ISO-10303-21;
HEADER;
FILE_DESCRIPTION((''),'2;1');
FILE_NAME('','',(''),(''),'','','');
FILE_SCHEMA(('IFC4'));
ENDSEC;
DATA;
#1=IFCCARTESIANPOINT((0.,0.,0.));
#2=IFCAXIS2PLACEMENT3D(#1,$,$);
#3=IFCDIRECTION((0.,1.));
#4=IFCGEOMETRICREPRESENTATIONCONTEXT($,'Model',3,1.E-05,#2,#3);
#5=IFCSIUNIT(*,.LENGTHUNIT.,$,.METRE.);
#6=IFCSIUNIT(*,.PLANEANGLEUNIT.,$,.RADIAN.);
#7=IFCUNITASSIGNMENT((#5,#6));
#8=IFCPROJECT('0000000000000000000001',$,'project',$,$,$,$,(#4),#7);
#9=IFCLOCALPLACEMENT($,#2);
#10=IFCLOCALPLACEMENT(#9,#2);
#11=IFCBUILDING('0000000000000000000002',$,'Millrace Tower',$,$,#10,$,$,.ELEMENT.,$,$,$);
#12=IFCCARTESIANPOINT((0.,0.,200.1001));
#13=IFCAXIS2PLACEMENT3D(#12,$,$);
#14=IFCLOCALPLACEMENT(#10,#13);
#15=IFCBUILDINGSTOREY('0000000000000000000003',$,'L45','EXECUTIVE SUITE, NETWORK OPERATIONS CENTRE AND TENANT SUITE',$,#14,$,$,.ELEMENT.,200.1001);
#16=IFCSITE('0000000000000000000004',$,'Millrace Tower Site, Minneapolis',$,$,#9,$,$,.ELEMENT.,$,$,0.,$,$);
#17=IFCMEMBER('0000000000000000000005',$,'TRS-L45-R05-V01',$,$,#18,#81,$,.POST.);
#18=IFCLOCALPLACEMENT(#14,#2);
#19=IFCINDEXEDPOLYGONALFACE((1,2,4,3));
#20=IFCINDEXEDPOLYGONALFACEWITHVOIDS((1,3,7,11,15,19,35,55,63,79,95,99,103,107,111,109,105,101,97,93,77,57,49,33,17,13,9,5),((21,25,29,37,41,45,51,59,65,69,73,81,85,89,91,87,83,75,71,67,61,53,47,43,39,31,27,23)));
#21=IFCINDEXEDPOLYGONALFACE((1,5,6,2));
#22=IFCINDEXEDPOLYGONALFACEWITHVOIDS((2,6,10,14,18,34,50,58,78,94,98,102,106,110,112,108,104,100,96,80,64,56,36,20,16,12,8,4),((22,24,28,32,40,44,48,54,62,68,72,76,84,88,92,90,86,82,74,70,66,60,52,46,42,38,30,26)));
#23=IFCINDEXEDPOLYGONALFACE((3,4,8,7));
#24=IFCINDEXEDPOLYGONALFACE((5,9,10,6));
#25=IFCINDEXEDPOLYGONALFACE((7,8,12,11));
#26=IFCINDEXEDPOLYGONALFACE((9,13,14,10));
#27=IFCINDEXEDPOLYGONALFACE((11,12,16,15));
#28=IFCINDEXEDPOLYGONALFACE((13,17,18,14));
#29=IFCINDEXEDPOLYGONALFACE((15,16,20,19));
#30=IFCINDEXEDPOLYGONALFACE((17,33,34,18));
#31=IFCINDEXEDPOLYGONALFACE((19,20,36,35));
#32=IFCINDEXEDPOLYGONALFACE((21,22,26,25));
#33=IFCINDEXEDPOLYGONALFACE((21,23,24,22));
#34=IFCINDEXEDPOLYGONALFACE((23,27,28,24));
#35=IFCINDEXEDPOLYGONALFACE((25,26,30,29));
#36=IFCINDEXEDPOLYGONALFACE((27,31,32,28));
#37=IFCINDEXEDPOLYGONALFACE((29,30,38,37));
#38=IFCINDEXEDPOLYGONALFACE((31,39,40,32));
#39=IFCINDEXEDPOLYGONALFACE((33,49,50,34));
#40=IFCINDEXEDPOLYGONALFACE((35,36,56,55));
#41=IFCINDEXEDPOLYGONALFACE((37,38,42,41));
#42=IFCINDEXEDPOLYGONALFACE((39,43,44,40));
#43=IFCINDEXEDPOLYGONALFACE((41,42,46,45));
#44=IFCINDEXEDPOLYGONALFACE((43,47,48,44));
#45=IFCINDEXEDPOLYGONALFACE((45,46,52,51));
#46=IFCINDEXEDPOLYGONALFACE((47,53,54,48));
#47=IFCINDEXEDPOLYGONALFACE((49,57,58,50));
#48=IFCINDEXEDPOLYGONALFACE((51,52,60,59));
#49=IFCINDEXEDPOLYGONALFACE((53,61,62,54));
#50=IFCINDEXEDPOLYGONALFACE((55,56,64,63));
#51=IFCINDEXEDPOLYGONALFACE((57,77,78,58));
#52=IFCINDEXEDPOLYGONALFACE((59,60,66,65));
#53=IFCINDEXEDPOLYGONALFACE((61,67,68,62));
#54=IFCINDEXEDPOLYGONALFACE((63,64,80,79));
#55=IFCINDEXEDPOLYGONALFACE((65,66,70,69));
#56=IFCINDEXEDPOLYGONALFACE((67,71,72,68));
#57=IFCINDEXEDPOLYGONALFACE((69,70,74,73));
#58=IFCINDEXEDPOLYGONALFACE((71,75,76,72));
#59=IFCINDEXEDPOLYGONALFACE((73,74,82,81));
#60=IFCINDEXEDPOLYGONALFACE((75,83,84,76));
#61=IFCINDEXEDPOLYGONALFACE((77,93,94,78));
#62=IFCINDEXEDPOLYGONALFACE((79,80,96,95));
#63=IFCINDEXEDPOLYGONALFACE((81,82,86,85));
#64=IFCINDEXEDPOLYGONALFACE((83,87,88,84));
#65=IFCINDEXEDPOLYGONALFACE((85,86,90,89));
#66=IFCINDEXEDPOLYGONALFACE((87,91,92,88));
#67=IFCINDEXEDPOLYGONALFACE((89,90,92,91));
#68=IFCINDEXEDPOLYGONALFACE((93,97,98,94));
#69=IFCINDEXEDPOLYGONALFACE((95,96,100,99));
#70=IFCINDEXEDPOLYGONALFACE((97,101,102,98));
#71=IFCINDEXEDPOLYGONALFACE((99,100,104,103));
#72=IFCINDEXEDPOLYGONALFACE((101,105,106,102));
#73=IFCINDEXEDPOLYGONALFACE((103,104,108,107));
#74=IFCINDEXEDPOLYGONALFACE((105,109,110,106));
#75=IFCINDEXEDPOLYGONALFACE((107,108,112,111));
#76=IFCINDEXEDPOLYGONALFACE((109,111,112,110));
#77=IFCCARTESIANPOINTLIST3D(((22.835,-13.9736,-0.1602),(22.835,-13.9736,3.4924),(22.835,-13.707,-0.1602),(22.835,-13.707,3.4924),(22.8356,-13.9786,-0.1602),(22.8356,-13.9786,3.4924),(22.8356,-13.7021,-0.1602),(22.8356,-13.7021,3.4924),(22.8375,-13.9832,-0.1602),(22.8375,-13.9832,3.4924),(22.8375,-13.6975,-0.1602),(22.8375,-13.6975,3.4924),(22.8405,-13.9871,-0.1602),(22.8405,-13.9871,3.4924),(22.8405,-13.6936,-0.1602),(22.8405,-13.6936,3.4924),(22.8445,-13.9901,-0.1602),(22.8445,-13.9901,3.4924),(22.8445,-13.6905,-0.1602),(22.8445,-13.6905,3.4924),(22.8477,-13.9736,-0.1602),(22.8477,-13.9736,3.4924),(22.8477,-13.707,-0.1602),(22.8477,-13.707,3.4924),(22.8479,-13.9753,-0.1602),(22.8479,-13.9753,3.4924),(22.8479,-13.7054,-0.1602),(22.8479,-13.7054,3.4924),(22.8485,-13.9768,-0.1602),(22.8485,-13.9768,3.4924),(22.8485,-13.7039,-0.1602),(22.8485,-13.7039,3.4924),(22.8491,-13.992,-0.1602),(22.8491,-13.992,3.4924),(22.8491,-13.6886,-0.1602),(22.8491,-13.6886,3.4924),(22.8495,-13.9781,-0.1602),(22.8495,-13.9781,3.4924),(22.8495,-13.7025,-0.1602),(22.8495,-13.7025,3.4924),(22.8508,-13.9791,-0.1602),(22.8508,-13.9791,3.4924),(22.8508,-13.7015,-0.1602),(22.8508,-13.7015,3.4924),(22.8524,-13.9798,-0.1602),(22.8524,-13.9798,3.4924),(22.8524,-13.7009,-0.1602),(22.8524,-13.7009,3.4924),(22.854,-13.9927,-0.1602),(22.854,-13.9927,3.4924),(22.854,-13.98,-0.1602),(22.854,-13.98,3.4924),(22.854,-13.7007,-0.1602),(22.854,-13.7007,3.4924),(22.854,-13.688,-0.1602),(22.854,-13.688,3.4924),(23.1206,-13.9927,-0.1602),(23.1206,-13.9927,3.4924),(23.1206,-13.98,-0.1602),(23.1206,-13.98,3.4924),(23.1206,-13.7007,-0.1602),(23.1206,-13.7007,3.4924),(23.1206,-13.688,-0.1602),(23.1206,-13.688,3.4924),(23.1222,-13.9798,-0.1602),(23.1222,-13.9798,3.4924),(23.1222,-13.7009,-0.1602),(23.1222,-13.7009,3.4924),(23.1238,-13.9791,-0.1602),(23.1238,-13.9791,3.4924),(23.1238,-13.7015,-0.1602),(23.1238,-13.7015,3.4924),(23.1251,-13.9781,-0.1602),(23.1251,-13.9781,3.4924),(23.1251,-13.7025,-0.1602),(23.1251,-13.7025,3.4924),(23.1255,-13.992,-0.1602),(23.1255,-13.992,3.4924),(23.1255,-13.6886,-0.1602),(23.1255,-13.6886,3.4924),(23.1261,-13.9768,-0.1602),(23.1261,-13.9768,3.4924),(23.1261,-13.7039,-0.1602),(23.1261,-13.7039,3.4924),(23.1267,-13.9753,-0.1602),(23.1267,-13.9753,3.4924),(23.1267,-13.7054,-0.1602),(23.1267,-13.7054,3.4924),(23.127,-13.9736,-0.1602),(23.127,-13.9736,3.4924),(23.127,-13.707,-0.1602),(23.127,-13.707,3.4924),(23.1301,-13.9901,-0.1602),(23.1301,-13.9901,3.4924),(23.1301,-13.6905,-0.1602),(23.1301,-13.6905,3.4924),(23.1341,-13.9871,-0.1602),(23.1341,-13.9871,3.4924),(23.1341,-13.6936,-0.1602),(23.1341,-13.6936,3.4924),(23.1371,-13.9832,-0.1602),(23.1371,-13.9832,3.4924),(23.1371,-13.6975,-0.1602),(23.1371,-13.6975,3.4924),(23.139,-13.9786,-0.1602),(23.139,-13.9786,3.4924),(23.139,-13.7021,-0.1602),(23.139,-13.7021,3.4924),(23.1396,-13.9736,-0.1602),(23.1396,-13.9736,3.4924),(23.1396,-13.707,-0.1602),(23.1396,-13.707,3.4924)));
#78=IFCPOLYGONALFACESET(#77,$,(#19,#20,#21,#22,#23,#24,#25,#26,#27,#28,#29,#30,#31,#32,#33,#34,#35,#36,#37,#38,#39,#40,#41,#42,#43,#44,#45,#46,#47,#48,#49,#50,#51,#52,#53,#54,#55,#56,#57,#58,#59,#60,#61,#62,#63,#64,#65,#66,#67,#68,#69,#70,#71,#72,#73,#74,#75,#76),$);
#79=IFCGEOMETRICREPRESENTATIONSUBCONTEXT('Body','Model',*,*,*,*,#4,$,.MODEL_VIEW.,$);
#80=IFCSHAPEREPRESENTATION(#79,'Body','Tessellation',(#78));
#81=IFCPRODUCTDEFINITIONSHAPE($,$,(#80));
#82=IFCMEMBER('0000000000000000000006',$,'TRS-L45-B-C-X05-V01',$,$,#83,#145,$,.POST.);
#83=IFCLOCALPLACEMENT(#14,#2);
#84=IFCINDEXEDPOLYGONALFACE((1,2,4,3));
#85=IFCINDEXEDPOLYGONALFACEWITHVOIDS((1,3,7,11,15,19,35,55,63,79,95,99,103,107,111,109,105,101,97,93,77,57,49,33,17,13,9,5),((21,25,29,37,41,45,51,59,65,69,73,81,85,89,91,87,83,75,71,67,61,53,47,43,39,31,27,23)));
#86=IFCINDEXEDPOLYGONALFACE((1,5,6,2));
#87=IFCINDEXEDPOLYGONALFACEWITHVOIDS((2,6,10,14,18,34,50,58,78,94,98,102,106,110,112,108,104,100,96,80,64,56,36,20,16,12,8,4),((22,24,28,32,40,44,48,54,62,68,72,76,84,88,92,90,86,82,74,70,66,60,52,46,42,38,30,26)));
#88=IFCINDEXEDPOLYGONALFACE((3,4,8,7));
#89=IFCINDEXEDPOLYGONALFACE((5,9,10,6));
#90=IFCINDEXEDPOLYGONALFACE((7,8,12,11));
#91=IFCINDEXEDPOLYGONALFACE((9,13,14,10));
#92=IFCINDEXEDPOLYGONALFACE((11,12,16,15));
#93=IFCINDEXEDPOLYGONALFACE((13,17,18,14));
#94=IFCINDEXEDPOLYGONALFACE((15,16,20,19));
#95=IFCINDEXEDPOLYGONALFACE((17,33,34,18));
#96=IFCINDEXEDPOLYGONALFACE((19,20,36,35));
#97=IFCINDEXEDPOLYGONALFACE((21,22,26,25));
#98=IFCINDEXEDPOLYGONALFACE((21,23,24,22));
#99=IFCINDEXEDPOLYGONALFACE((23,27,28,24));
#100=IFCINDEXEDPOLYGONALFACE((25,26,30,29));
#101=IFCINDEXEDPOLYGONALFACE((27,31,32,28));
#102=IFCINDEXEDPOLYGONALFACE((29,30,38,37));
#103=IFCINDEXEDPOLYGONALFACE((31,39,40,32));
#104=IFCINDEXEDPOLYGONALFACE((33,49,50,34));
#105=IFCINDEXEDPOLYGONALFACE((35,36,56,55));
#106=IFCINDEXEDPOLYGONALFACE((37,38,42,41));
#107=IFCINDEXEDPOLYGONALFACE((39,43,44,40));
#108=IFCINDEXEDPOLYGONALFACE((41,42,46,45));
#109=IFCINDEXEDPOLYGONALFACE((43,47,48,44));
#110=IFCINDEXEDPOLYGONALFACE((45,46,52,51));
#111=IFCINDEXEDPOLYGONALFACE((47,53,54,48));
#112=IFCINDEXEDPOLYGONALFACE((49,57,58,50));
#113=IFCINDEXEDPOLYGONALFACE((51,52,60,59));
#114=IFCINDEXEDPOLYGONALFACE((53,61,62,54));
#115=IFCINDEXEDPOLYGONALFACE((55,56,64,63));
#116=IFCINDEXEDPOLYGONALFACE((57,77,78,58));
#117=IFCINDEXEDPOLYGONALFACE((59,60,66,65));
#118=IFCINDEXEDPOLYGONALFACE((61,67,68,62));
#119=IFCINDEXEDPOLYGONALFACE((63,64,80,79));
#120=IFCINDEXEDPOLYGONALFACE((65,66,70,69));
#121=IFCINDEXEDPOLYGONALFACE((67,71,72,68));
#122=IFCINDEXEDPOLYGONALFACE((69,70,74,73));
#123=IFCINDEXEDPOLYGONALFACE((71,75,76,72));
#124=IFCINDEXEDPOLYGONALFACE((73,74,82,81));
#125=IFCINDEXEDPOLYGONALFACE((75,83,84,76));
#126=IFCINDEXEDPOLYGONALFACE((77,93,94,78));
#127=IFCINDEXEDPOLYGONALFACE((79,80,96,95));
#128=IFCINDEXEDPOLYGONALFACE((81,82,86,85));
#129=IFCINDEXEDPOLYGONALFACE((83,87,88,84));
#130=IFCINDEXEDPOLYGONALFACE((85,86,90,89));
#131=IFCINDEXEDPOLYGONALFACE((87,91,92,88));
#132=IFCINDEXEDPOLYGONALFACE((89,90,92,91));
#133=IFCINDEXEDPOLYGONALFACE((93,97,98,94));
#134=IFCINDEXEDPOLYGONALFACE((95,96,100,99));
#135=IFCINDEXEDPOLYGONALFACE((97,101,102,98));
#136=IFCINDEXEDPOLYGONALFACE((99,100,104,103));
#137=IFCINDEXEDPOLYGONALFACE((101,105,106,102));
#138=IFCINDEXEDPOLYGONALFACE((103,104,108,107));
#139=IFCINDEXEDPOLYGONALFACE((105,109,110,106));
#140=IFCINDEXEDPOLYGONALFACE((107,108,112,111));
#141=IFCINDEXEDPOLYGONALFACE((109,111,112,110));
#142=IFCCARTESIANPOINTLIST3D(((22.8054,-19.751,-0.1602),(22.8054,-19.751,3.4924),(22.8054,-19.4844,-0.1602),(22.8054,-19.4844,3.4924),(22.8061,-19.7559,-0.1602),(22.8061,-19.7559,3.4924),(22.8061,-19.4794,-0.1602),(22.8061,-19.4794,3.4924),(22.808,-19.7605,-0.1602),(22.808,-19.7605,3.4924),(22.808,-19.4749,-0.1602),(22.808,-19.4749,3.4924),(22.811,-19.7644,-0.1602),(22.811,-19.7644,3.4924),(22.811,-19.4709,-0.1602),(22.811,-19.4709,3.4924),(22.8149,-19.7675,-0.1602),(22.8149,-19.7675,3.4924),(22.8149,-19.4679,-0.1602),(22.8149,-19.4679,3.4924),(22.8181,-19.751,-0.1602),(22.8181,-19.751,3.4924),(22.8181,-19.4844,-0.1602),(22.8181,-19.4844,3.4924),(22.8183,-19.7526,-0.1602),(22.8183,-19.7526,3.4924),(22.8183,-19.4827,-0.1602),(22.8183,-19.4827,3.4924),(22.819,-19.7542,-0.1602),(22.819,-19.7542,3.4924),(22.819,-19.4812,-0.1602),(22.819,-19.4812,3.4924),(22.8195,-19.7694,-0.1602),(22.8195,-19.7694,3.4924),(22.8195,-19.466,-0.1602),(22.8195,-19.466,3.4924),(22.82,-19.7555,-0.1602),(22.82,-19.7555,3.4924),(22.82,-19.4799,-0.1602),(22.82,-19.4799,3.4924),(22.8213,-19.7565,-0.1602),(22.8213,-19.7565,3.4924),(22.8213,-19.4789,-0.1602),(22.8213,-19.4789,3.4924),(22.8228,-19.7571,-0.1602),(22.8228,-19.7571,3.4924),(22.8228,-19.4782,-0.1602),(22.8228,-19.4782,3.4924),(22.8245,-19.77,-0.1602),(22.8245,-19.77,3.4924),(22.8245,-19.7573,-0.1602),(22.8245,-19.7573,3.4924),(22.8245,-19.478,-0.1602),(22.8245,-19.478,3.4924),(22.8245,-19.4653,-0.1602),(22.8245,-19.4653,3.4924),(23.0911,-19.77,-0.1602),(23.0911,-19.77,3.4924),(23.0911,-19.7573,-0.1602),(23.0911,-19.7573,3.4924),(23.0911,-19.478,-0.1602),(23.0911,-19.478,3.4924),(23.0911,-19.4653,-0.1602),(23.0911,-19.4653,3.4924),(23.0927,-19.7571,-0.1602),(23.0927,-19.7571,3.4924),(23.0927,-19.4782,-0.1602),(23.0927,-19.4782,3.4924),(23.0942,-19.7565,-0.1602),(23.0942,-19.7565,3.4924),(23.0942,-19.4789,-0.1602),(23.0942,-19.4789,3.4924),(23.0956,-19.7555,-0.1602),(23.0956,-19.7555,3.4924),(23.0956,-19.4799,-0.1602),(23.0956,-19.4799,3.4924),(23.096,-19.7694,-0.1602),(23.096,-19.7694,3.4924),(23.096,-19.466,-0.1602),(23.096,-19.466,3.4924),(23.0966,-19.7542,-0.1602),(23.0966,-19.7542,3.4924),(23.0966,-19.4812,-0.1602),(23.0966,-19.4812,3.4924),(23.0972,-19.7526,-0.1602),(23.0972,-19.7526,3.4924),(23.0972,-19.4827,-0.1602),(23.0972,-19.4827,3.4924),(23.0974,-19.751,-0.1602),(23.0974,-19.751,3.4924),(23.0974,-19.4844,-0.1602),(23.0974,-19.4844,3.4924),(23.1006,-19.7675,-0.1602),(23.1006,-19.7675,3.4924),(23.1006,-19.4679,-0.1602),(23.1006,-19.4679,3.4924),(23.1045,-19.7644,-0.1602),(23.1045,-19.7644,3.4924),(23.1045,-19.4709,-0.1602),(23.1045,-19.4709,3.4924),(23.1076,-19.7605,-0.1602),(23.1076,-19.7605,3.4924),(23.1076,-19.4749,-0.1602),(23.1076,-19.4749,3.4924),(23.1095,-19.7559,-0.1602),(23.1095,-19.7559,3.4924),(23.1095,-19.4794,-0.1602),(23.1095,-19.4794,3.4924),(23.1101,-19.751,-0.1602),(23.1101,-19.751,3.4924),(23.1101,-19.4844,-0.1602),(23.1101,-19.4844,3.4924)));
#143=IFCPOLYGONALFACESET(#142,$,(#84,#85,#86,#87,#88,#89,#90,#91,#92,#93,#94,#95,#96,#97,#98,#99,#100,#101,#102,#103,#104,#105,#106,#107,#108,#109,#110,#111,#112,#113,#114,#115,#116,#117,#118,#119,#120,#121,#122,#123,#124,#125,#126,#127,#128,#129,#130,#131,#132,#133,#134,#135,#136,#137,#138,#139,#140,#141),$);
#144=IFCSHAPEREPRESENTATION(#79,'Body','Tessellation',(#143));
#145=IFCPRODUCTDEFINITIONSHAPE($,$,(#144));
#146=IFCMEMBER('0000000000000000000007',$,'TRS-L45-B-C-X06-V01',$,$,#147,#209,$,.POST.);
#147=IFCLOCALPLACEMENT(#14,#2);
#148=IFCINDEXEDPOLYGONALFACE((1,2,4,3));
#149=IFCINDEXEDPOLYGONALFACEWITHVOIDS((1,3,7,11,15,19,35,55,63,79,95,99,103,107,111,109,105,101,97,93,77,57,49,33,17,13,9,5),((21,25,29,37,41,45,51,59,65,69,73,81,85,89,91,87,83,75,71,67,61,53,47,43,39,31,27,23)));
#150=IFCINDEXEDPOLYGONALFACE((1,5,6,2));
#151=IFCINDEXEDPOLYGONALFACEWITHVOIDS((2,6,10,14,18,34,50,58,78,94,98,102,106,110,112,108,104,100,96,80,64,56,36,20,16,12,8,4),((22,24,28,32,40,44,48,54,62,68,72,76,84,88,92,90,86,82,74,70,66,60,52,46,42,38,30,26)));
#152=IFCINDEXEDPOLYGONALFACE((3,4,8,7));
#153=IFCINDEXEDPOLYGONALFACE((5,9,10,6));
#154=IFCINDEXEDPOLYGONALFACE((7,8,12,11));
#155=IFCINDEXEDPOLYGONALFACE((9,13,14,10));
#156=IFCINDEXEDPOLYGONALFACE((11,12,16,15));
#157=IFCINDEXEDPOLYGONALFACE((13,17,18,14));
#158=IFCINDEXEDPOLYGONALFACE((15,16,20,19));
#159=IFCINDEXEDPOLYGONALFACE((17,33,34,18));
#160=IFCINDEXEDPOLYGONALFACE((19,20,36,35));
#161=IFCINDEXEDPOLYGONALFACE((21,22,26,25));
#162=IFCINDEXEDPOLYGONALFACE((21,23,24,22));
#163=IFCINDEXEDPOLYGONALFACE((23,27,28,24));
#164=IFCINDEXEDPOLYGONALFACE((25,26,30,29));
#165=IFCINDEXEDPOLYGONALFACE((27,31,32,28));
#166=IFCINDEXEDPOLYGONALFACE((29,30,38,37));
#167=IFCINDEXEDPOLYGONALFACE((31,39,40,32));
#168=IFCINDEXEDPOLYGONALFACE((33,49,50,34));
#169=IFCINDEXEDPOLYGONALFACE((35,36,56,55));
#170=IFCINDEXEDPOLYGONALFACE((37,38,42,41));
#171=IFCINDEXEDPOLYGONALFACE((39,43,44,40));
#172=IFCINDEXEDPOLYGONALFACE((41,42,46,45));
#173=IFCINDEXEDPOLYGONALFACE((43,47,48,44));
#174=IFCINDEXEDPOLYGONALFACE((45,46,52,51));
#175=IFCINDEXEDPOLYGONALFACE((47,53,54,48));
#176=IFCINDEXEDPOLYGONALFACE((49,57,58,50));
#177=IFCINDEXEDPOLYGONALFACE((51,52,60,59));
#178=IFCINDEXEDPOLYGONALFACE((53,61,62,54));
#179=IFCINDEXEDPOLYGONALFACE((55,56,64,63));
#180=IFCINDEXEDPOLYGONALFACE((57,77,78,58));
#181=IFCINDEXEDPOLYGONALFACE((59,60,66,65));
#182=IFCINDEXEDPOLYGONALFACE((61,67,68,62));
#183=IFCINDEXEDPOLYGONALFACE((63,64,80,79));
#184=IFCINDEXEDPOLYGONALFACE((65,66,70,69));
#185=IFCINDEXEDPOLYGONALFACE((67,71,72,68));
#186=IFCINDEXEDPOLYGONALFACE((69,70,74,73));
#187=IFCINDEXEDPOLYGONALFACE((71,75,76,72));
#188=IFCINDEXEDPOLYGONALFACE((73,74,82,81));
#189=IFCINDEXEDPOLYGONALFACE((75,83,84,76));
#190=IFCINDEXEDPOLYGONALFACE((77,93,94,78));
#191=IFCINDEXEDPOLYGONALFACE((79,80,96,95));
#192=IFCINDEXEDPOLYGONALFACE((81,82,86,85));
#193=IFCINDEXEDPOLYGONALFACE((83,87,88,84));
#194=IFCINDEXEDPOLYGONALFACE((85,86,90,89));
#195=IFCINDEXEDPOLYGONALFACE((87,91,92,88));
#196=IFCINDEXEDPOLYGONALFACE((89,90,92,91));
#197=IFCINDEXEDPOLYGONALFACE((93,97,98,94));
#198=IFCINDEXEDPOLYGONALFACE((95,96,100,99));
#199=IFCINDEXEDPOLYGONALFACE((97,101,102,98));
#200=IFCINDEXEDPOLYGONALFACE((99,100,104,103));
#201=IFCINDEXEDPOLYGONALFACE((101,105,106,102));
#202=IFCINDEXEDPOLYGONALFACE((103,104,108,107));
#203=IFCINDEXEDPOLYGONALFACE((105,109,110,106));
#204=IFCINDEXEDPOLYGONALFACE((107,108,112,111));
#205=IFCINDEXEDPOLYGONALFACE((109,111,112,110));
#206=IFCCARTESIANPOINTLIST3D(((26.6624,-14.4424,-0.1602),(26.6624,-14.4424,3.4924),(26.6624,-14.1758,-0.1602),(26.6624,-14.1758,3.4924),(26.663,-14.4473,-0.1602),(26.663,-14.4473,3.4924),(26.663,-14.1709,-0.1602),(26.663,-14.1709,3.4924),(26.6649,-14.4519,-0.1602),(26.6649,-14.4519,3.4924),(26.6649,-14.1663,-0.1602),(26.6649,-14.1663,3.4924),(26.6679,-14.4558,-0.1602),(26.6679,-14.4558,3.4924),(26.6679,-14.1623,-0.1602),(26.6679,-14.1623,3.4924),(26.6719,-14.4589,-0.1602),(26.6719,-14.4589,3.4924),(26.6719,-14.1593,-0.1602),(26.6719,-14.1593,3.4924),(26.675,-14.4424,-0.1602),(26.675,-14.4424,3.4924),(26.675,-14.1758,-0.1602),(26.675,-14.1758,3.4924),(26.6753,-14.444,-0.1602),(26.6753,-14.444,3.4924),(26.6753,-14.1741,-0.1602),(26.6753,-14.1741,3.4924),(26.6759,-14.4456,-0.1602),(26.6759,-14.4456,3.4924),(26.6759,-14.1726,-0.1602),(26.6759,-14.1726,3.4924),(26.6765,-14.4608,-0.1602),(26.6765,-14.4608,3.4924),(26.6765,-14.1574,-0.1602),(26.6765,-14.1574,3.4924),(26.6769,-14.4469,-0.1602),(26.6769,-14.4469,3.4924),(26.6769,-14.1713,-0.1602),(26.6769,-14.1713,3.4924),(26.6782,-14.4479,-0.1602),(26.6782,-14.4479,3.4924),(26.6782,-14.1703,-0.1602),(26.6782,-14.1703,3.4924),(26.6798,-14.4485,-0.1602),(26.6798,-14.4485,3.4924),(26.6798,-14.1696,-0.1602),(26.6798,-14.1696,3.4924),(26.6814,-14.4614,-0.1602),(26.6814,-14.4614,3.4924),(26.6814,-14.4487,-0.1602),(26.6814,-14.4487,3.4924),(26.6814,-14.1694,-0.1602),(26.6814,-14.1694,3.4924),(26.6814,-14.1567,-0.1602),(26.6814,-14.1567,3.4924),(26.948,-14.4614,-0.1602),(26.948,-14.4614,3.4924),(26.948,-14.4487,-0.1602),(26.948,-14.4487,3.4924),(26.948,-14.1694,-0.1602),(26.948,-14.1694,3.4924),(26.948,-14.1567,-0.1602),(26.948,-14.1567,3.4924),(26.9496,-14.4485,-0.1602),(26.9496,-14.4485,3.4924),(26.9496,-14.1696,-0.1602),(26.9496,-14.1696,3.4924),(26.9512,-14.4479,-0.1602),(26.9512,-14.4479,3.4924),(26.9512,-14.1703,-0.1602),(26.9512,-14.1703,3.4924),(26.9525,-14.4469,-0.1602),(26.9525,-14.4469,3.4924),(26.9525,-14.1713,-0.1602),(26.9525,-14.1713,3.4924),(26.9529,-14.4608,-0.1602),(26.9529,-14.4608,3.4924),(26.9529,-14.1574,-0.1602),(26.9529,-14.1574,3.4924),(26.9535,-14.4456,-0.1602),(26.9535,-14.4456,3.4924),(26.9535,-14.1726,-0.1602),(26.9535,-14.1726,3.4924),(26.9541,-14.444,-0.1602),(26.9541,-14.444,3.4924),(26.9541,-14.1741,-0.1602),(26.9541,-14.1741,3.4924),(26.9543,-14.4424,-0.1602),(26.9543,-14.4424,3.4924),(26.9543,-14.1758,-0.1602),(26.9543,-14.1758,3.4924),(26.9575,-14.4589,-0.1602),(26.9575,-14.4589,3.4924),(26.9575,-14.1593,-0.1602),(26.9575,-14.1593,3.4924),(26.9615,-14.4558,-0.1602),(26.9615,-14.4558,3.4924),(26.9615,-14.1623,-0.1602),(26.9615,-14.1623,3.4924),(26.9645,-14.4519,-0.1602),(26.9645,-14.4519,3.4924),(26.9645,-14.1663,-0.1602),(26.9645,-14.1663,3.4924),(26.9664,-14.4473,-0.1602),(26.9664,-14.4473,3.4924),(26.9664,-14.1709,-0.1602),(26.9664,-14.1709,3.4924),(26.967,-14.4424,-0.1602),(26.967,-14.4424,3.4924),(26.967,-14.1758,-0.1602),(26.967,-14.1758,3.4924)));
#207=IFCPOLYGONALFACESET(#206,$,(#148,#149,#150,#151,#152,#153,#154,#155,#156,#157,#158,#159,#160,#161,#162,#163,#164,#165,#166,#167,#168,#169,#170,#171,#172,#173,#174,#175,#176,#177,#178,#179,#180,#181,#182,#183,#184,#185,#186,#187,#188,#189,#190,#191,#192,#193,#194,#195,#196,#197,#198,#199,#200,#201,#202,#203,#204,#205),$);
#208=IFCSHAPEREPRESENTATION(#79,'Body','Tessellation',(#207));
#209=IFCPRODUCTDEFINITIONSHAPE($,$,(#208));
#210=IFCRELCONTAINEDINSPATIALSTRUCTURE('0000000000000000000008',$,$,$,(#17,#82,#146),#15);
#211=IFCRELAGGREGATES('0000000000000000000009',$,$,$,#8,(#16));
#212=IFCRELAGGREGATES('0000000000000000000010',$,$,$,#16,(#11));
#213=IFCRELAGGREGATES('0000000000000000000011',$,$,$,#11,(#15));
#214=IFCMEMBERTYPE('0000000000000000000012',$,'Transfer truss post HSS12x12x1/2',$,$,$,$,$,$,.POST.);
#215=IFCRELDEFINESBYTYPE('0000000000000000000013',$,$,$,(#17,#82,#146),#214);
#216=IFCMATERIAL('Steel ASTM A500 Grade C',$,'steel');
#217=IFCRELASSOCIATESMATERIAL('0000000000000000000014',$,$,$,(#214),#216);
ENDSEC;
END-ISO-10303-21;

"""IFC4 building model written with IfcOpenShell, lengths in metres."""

from ifc_helpers import new_model, si_unit, direction, frame, origin, origin_2d, place, context, subcontext, project, spatial, hollow_rectangle, extrude, material, material_profile, profile_set, type_object, element, save


model = new_model("IFC4")

# Units and contexts
model_context = context("Model", 3, precision=1e-05, world=origin(), true_north=direction((0.0, 1.0)))
body_context = subcontext(model_context, "Body", "Model", "MODEL_VIEW")
ifc_project = project(units=[si_unit("LENGTHUNIT", "METRE"), si_unit("PLANEANGLEUNIT", "RADIAN")], contexts=[model_context])

# Site, building, storey
site_placement = place(None, origin())
site = spatial("IfcSite", under=ifc_project, at=site_placement, Name="Millrace Tower Site, Minneapolis", CompositionType="ELEMENT", RefElevation=0.0)
building_placement = place(site_placement, origin())
building = spatial("IfcBuilding", under=site, at=building_placement, Name="Millrace Tower", CompositionType="ELEMENT")
storey_placement = place(building_placement, frame((0.0, 0.0, 200.1001)))
storey = spatial("IfcBuildingStorey", under=building, at=storey_placement, Name="L45", Description="EXECUTIVE SUITE, NETWORK OPERATIONS CENTRE AND TENANT SUITE", CompositionType="ELEMENT", Elevation=200.1001)

# Members
ifc_material_1 = material(Name="Steel ASTM A500 Grade C", Category="steel")
ifc_material_profile_1 = material_profile(ifc_material_1, hollow_rectangle(XDim=0.3047, YDim=0.3047, WallThickness=0.0127, InnerFilletRadius=0.0063, OuterFilletRadius=0.019, at=origin_2d()))
ifc_profile_set_1 = profile_set([ifc_material_profile_1], Name="Steel ASTM A500 Grade C")
member_type_1 = type_object("IfcMemberType", Name="Transfer truss post HSS12x12x1/2", PredefinedType="POST", material=ifc_profile_set_1)
for number, where, z_axis, x_axis, name in (
    (1, (22.9873, -13.8403, -0.1602), (0.0, 0.0, 1.0), (1.0, 0.0, 0.0), "TRS-L45-R05-V01"),
    (2, (22.9578, -19.6177, -0.1602), (0.0, 0.0, 1.0), (1.0, 0.0, 0.0), "TRS-L45-B-C-X05-V01"),
    (3, (26.8147, -14.3091, -0.1602), (0.0, 0.0, 1.0), (1.0, 0.0, 0.0), "TRS-L45-B-C-X06-V01"),
):
    element("IfcMember", number, at=place(storey_placement, frame(where, z_axis=z_axis, x_axis=x_axis)), inside=storey, type_object=member_type_1, Name=name, PredefinedType="POST", context=body_context, shape_type="SweptSolid", body=[
        extrude(hollow_rectangle(XDim=0.3047, YDim=0.3047, WallThickness=0.0127, InnerFilletRadius=0.0063, OuterFilletRadius=0.019, at=origin_2d()), origin(), (0.0, 0.0, 1.0), 3.6526),
    ])

save(model, "model.ifc")
